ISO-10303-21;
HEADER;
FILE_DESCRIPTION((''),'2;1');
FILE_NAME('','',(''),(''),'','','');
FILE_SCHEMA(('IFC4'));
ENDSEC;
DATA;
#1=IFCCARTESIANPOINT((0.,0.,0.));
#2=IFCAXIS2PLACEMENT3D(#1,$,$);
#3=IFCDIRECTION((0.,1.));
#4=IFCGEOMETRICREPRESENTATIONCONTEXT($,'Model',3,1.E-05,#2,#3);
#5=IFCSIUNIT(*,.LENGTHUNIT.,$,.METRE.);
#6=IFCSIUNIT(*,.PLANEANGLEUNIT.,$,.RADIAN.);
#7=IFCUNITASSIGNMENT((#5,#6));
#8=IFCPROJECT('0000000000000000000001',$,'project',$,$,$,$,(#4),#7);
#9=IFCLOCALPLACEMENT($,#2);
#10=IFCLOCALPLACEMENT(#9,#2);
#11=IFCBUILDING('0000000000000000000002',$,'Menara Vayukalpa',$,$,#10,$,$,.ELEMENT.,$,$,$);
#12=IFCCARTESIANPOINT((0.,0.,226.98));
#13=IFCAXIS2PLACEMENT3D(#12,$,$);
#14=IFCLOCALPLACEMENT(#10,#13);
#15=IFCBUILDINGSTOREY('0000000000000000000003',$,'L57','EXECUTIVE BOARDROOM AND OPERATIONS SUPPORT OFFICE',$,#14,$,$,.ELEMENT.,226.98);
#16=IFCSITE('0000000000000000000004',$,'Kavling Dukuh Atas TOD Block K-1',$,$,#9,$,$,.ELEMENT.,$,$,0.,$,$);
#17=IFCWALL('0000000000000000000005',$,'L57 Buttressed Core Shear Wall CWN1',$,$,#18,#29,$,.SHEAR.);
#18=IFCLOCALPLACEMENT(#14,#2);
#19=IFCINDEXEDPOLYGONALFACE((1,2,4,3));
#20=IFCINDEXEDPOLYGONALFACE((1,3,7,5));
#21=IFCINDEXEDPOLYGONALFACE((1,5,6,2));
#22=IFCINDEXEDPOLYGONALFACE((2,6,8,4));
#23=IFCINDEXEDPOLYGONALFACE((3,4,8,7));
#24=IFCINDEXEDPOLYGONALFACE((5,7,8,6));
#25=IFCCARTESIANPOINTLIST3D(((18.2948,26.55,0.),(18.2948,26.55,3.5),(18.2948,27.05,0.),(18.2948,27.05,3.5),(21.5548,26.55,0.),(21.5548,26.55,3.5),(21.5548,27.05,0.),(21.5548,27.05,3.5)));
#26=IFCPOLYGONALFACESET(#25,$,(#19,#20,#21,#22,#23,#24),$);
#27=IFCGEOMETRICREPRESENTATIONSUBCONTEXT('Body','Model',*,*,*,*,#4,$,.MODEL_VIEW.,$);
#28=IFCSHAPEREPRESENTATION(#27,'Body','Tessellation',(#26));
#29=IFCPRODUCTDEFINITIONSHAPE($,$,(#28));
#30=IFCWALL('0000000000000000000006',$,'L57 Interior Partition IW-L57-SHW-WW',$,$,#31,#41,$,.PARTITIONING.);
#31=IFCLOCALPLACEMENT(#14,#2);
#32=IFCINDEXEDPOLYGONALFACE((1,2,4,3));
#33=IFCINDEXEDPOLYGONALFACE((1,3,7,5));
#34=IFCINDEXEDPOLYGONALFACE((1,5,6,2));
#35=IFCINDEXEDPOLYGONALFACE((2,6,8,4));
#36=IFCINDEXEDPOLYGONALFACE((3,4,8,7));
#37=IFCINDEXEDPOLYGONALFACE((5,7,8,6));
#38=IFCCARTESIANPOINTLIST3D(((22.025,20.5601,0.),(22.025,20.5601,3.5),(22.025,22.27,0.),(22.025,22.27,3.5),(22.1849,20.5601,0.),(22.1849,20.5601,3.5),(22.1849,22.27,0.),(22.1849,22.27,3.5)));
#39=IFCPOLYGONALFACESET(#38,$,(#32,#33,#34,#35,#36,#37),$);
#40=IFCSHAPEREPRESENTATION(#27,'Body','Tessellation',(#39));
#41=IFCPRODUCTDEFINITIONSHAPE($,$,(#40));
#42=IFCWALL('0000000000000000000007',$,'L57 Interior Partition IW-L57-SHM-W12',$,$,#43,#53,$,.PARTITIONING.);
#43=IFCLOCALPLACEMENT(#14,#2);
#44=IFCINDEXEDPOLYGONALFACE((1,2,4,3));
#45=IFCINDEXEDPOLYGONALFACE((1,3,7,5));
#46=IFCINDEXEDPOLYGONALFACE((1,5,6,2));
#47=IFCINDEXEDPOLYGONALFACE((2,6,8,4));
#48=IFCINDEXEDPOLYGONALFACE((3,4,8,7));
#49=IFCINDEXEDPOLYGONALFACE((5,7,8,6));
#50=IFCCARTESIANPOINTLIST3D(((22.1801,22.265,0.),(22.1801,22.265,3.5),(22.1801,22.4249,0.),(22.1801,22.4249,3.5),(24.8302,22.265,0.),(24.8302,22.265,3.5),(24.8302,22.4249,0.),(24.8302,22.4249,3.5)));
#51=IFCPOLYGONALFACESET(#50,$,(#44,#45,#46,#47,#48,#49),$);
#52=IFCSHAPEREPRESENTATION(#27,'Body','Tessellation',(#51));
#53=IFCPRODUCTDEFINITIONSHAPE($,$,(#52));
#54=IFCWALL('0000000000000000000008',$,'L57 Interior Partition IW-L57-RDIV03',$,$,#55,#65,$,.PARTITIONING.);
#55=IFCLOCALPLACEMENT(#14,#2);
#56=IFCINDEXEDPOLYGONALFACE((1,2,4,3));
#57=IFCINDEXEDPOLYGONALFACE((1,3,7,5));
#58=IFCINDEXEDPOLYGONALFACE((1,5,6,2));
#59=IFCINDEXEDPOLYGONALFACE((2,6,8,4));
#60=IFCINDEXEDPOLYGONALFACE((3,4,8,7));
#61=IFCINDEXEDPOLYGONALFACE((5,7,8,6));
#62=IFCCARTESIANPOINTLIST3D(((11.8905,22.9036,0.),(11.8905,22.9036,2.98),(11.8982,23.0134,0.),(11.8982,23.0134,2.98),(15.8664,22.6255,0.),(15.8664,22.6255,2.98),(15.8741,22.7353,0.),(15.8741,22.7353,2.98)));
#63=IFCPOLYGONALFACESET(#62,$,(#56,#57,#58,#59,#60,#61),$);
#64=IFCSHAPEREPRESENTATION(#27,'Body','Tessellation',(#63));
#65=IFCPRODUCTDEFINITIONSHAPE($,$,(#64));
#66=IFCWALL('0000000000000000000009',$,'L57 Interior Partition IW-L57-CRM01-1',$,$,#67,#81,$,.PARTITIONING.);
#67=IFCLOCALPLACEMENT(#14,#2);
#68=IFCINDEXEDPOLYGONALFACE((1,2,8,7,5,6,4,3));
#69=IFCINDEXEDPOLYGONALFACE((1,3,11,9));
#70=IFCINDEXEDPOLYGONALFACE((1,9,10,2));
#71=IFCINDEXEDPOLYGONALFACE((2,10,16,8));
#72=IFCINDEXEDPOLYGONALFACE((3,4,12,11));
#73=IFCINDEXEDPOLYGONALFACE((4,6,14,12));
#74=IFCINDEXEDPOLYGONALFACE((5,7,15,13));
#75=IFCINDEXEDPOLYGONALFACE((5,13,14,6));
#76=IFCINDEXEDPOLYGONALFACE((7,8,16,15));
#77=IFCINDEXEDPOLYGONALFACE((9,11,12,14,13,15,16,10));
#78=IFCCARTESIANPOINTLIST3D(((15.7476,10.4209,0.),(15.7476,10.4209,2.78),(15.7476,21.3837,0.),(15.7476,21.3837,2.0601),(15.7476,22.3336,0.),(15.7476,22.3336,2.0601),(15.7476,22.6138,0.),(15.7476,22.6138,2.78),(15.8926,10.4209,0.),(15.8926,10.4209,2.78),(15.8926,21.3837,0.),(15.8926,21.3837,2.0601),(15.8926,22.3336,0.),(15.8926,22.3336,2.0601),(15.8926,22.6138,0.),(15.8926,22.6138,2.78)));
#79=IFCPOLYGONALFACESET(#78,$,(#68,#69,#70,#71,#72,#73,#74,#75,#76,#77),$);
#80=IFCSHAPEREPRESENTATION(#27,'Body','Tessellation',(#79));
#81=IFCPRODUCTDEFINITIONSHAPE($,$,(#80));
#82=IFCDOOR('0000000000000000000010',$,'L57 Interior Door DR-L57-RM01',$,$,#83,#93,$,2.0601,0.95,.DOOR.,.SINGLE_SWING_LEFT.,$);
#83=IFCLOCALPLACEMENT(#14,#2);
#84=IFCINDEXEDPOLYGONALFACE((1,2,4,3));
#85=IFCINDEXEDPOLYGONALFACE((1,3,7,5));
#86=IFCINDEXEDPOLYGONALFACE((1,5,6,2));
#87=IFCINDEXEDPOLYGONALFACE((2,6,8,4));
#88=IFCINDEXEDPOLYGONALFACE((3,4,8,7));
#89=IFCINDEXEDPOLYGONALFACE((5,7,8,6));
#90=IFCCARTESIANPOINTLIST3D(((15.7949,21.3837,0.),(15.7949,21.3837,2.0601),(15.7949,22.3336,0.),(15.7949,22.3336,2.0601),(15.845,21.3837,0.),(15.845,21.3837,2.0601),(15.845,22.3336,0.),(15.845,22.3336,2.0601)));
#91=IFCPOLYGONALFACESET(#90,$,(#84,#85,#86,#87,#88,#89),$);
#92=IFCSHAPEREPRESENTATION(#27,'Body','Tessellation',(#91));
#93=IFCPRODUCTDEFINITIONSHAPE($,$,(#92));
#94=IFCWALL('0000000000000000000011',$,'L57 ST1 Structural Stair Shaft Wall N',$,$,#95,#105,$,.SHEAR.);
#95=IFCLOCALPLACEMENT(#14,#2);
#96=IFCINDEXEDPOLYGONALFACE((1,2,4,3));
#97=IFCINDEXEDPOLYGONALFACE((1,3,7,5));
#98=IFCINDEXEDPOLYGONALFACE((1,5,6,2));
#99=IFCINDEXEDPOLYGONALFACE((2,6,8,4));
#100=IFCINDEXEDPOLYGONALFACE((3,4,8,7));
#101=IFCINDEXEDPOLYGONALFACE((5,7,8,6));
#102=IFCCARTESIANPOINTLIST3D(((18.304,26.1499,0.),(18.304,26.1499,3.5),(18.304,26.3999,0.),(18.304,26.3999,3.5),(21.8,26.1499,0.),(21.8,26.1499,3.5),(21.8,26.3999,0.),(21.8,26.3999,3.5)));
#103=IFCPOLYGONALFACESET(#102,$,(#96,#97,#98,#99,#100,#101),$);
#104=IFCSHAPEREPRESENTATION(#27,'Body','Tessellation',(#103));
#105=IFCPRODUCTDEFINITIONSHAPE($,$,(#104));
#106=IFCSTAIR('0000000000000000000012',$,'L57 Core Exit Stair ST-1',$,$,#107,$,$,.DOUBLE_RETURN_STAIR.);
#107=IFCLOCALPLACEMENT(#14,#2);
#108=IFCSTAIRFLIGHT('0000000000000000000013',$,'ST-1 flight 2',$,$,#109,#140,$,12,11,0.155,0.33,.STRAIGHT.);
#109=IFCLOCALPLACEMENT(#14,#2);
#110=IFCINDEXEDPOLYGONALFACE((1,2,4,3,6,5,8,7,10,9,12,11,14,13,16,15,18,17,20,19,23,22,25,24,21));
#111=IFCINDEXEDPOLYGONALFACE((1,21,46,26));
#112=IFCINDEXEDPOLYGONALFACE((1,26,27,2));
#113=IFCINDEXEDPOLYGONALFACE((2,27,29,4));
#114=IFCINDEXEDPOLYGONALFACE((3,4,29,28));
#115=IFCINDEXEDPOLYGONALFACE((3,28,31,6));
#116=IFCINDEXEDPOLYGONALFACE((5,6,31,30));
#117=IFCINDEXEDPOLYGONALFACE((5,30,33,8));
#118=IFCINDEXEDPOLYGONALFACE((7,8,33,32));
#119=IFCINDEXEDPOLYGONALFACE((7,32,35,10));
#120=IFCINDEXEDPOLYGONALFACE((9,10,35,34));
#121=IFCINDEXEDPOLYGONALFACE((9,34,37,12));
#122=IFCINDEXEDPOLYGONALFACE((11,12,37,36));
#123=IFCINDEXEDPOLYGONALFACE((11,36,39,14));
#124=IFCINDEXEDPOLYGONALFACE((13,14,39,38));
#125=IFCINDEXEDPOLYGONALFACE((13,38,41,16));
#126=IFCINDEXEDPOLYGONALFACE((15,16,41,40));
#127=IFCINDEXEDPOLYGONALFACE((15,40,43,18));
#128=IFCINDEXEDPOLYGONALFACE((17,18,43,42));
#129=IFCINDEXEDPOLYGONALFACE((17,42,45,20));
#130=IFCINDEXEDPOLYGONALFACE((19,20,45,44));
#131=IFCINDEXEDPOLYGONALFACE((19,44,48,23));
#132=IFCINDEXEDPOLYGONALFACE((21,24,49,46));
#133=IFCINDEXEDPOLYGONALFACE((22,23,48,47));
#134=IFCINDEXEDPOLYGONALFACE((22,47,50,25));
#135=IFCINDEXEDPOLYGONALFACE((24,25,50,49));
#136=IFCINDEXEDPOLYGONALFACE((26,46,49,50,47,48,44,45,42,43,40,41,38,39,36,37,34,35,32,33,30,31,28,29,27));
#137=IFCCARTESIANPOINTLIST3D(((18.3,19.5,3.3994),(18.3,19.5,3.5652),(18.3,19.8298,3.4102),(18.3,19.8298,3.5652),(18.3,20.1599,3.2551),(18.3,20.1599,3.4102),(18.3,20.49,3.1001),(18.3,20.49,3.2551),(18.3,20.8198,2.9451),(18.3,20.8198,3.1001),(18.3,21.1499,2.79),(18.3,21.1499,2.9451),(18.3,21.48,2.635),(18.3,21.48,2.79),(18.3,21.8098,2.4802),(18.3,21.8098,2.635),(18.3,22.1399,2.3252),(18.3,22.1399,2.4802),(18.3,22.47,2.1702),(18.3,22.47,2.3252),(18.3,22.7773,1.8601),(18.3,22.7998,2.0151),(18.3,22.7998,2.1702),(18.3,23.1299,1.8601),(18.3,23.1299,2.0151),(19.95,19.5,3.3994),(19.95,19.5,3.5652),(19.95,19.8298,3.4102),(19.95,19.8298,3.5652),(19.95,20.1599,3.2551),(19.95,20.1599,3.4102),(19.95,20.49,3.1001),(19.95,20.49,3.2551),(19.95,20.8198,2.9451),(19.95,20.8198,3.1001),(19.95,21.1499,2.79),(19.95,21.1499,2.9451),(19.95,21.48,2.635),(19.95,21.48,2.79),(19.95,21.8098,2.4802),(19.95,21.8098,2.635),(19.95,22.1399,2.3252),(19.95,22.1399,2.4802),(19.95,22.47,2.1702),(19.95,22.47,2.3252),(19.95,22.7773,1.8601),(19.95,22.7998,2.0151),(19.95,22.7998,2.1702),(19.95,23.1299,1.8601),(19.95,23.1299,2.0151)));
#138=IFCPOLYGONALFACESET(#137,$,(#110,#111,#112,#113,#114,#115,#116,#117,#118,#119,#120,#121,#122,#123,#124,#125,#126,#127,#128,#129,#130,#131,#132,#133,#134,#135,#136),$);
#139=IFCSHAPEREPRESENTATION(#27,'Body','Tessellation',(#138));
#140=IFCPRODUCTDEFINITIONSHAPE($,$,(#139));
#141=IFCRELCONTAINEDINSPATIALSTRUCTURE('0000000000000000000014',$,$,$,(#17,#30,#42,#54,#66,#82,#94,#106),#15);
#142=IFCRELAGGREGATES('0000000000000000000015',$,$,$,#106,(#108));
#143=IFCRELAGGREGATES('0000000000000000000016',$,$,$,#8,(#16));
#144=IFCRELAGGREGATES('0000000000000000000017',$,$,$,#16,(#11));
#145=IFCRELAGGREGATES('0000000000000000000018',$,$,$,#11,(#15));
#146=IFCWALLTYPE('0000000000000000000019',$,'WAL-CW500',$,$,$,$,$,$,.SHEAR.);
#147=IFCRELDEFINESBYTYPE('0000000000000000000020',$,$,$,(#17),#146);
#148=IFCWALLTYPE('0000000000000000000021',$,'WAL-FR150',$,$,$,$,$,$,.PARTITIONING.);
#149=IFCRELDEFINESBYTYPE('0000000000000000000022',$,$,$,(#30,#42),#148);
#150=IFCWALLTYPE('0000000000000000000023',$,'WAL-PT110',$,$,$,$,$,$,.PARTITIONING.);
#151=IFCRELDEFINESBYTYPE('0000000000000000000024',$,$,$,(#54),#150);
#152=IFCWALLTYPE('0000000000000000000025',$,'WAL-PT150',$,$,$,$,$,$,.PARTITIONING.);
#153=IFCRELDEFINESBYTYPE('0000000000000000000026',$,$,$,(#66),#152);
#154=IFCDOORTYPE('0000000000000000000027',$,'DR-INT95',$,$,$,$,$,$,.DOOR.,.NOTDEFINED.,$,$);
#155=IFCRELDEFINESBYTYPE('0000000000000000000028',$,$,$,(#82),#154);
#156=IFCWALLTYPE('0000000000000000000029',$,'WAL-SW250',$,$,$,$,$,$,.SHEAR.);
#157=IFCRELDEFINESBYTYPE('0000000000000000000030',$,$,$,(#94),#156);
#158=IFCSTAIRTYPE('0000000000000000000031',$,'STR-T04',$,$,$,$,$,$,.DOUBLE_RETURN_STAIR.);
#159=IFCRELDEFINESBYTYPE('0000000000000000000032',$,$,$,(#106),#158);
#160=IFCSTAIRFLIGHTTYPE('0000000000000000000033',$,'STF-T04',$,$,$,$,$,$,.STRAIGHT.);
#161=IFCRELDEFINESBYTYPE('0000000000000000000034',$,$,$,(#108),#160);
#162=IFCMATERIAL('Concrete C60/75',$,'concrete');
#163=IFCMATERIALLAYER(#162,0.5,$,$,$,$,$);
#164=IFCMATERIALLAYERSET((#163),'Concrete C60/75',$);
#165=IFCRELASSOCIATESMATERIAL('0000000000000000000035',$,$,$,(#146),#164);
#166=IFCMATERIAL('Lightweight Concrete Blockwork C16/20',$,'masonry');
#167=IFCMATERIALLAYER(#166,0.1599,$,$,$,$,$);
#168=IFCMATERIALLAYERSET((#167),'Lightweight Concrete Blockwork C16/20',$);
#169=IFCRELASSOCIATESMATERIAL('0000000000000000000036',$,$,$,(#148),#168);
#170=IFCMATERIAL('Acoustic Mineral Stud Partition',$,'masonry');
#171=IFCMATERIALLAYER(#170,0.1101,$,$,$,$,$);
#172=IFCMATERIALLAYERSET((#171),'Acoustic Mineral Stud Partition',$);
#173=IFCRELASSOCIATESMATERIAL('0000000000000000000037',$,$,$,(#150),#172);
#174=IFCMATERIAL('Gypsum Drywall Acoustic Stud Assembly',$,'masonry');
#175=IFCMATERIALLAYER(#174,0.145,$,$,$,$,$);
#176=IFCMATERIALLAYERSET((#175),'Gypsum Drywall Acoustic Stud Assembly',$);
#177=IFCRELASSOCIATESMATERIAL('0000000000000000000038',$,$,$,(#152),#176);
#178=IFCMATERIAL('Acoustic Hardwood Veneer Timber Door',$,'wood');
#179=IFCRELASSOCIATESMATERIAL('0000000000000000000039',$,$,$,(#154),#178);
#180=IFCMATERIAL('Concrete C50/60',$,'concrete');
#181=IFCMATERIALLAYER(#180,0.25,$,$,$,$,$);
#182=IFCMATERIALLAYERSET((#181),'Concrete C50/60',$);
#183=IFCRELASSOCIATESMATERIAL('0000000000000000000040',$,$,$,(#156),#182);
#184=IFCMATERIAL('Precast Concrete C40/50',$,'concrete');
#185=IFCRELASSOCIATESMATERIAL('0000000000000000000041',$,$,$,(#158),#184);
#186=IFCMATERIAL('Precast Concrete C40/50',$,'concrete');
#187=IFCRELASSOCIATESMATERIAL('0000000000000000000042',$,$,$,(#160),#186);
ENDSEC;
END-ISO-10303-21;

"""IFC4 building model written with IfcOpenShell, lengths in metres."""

from ifc_helpers import new_model, si_unit, direction, frame, frame_2d, origin, place, context, subcontext, project, spatial, polyline, rectangle, outline, extrude, material, layer, layer_set, type_object, element, fill, aggregate, save


model = new_model("IFC4")

# Units and contexts
model_context = context("Model", 3, precision=1e-05, world=origin(), true_north=direction((0.0, 1.0)))
body_context = subcontext(model_context, "Body", "Model", "MODEL_VIEW")
ifc_project = project(units=[si_unit("LENGTHUNIT", "METRE"), si_unit("PLANEANGLEUNIT", "RADIAN")], contexts=[model_context])

# Site, building, storey
site_placement = place(None, origin())
site = spatial("IfcSite", under=ifc_project, at=site_placement, Name="Kavling Dukuh Atas TOD Block K-1", CompositionType="ELEMENT", RefElevation=0.0)
building_placement = place(site_placement, origin())
building = spatial("IfcBuilding", under=site, at=building_placement, Name="Menara Vayukalpa", CompositionType="ELEMENT")
storey_placement = place(building_placement, frame((0.0, 0.0, 226.98)))
storey = spatial("IfcBuildingStorey", under=building, at=storey_placement, Name="L57", Description="EXECUTIVE BOARDROOM AND OPERATIONS SUPPORT OFFICE", CompositionType="ELEMENT", Elevation=226.98)

# Walls
ifc_material_1 = material(Name="Concrete C60/75", Category="concrete")
ifc_layer_1 = layer(ifc_material_1, 0.5)
ifc_layer_set_1 = layer_set([ifc_layer_1], Name="Concrete C60/75")
wall_type_1 = type_object("IfcWallType", Name="WAL-CW500", PredefinedType="SHEAR", material=ifc_layer_set_1)
wall_1_placement = place(storey_placement, frame((18.2949, 26.8, 0.0), z_axis=(0.0, 0.0, 1.0), x_axis=(1.0, 0.0, 0.0)))
element("IfcWall", 1, at=wall_1_placement, inside=storey, type_object=wall_type_1, Name="L57 Buttressed Core Shear Wall CWN1", PredefinedType="SHEAR", context=body_context, shape_type="SweptSolid", body=[
    extrude(rectangle(XDim=3.26, YDim=0.5, at=frame_2d((1.6299, 0.0))), origin(), (0.0, 0.0, 1.0), 3.5),
])
ifc_material_2 = material(Name="Lightweight Concrete Blockwork C16/20", Category="masonry")
ifc_layer_2 = layer(ifc_material_2, 0.1599)
ifc_layer_set_2 = layer_set([ifc_layer_2], Name="Lightweight Concrete Blockwork C16/20")
wall_type_2 = type_object("IfcWallType", Name="WAL-FR150", PredefinedType="PARTITIONING", material=ifc_layer_set_2)
wall_2_placement = place(storey_placement, frame((22.105, 20.5601, 0.0), z_axis=(0.0, 0.0, 1.0), x_axis=(0.0, 1.0, 0.0)))
element("IfcWall", 2, at=wall_2_placement, inside=storey, type_object=wall_type_2, Name="L57 Interior Partition IW-L57-SHW-WW", PredefinedType="PARTITIONING", context=body_context, shape_type="SweptSolid", body=[
    extrude(rectangle(XDim=1.71, YDim=0.1599, at=frame_2d((0.855, 0.0))), origin(), (0.0, 0.0, 1.0), 3.5),
])
wall_3_placement = place(storey_placement, frame((22.1799, 22.345, 0.0), z_axis=(0.0, 0.0, 1.0), x_axis=(1.0, 0.0, 0.0)))
element("IfcWall", 3, at=wall_3_placement, inside=storey, type_object=wall_type_2, Name="L57 Interior Partition IW-L57-SHM-W12", PredefinedType="PARTITIONING", context=body_context, shape_type="SweptSolid", body=[
    extrude(rectangle(XDim=2.6501, YDim=0.1599, at=frame_2d((1.3252, 0.0))), origin(), (0.0, 0.0, 1.0), 3.5),
])
ifc_material_3 = material(Name="Acoustic Mineral Stud Partition", Category="masonry")
ifc_layer_3 = layer(ifc_material_3, 0.1101)
ifc_layer_set_3 = layer_set([ifc_layer_3], Name="Acoustic Mineral Stud Partition")
wall_type_3 = type_object("IfcWallType", Name="WAL-PT110", PredefinedType="PARTITIONING", material=ifc_layer_set_3)
wall_4_placement = place(storey_placement, frame((15.8701, 22.6804, 0.0), z_axis=(0.0, 0.0, 1.0), x_axis=(-0.997563, 0.069771, 0.0)))
element("IfcWall", 4, at=wall_4_placement, inside=storey, type_object=wall_type_3, Name="L57 Interior Partition IW-L57-RDIV03", PredefinedType="PARTITIONING", context=body_context, shape_type="SweptSolid", body=[
    extrude(rectangle(XDim=3.9856, YDim=0.1101, at=frame_2d((1.9927, 0.0))), origin(), (0.0, 0.0, 1.0), 2.98),
])

# Wall, opening, door
ifc_material_4 = material(Name="Gypsum Drywall Acoustic Stud Assembly", Category="masonry")
ifc_layer_4 = layer(ifc_material_4, 0.145)
ifc_layer_set_4 = layer_set([ifc_layer_4], Name="Gypsum Drywall Acoustic Stud Assembly")
wall_type_4 = type_object("IfcWallType", Name="WAL-PT150", PredefinedType="PARTITIONING", material=ifc_layer_set_4)
wall_5_placement = place(storey_placement, frame((15.8201, 22.6138, 0.0), z_axis=(0.0, 0.0, 1.0), x_axis=(0.0, -1.0, 0.0)))
wall_5 = element("IfcWall", 5, at=wall_5_placement, inside=storey, type_object=wall_type_4, Name="L57 Interior Partition IW-L57-CRM01-1", PredefinedType="PARTITIONING", context=body_context, shape_type="SweptSolid", body=[
    extrude(rectangle(XDim=12.1929, YDim=0.145, at=frame_2d((6.0964, 0.0))), origin(), (0.0, 0.0, 1.0), 2.78),
])
opening_placement = place(wall_5_placement, frame((0.28, 0.0, 0.0)))
opening = element("IfcOpeningElement", 6, at=opening_placement, cuts=wall_5, PredefinedType="OPENING", context=body_context, shape_type="SweptSolid", body=[
    extrude(rectangle(XDim=0.95, YDim=2.0601, at=frame_2d((0.4751, 1.03))), frame((0.0, 0.0825, 0.0), z_axis=(0.0, -1.0, 0.0), x_axis=(1.0, 0.0, 0.0)), (0.0, 0.0, 1.0), 0.165),
])
ifc_material_5 = material(Name="Acoustic Hardwood Veneer Timber Door", Category="wood")
door_type = type_object("IfcDoorType", Name="DR-INT95", OperationType="NOTDEFINED", PredefinedType="DOOR", material=ifc_material_5)
door_placement = place(opening_placement, origin())
door = element("IfcDoor", 7, at=door_placement, inside=storey, type_object=door_type, Name="L57 Interior Door DR-L57-RM01", OperationType="SINGLE_SWING_LEFT", OverallHeight=2.0601, OverallWidth=0.95, PredefinedType="DOOR", context=body_context, shape_type="SweptSolid", body=[
    extrude(rectangle(XDim=0.95, YDim=2.0601, at=frame_2d((0.4751, 1.03))), frame((0.0, 0.0249, 0.0), z_axis=(0.0, -1.0, 0.0), x_axis=(1.0, 0.0, 0.0)), (0.0, 0.0, 1.0), 0.05),
])
fill(opening, door)

# Wall
ifc_material_6 = material(Name="Concrete C50/60", Category="concrete")
ifc_layer_5 = layer(ifc_material_6, 0.25)
ifc_layer_set_5 = layer_set([ifc_layer_5], Name="Concrete C50/60")
wall_type_5 = type_object("IfcWallType", Name="WAL-SW250", PredefinedType="SHEAR", material=ifc_layer_set_5)
wall_6_placement = place(storey_placement, frame((18.304, 26.2749, 0.0), z_axis=(0.0, 0.0, 1.0), x_axis=(1.0, 0.0, 0.0)))
element("IfcWall", 8, at=wall_6_placement, inside=storey, type_object=wall_type_5, Name="L57 ST1 Structural Stair Shaft Wall N", PredefinedType="SHEAR", context=body_context, shape_type="SweptSolid", body=[
    extrude(rectangle(XDim=3.4961, YDim=0.25, at=frame_2d((1.748, 0.0))), origin(), (0.0, 0.0, 1.0), 3.5),
])

# Stair, stair flight
ifc_material_7 = material(Name="Precast Concrete C40/50", Category="concrete")
stair_type = type_object("IfcStairType", Name="STR-T04", PredefinedType="DOUBLE_RETURN_STAIR", material=ifc_material_7)
stair_placement = place(storey_placement, origin())
stair = element("IfcStair", 9, at=stair_placement, inside=storey, type_object=stair_type, Name="L57 Core Exit Stair ST-1", PredefinedType="DOUBLE_RETURN_STAIR")
ifc_material_8 = material(Name="Precast Concrete C40/50", Category="concrete")
stair_flight_type = type_object("IfcStairFlightType", Name="STF-T04", PredefinedType="STRAIGHT", material=ifc_material_8)
stair_flight_placement = place(storey_placement, frame((19.125, 23.1299, 1.8601), z_axis=(0.0, 0.0, 1.0), x_axis=(0.0, -1.0, 0.0)))
stair_flight = element("IfcStairFlight", 10, at=stair_flight_placement, type_object=stair_flight_type, Name="ST-1 flight 2", NumberOfRisers=12, NumberOfTreads=11, PredefinedType="STRAIGHT", RiserHeight=0.155, TreadLength=0.33, context=body_context, shape_type="SweptSolid", body=[
    extrude(outline(polyline([(0.0, 0.0), (0.0, 0.155), (0.3301, 0.155), (0.3301, 0.3101), (0.6599, 0.3101), (0.6599, 0.4651), (0.99, 0.4651), (0.99, 0.6201), (1.3201, 0.6201), (1.3201, 0.7749), (1.6499, 0.7749), (1.6499, 0.9299), (1.98, 0.9299), (1.98, 1.085), (2.3101, 1.085), (2.3101, 1.24), (2.6399, 1.24), (2.6399, 1.395), (2.97, 1.395), (2.97, 1.55), (3.3, 1.55), (3.3, 1.7051), (3.6299, 1.7051), (3.6299, 1.8601), (3.6299, 1.5393), (0.3525, 0.0), (0.0, 0.0)])), frame((0.0, 0.825, 0.0), z_axis=(0.0, -1.0, 0.0), x_axis=(1.0, 0.0, 0.0)), (0.0, 0.0, 1.0), 1.6499),
])
aggregate(stair, [stair_flight])

save(model, "model.ifc")
